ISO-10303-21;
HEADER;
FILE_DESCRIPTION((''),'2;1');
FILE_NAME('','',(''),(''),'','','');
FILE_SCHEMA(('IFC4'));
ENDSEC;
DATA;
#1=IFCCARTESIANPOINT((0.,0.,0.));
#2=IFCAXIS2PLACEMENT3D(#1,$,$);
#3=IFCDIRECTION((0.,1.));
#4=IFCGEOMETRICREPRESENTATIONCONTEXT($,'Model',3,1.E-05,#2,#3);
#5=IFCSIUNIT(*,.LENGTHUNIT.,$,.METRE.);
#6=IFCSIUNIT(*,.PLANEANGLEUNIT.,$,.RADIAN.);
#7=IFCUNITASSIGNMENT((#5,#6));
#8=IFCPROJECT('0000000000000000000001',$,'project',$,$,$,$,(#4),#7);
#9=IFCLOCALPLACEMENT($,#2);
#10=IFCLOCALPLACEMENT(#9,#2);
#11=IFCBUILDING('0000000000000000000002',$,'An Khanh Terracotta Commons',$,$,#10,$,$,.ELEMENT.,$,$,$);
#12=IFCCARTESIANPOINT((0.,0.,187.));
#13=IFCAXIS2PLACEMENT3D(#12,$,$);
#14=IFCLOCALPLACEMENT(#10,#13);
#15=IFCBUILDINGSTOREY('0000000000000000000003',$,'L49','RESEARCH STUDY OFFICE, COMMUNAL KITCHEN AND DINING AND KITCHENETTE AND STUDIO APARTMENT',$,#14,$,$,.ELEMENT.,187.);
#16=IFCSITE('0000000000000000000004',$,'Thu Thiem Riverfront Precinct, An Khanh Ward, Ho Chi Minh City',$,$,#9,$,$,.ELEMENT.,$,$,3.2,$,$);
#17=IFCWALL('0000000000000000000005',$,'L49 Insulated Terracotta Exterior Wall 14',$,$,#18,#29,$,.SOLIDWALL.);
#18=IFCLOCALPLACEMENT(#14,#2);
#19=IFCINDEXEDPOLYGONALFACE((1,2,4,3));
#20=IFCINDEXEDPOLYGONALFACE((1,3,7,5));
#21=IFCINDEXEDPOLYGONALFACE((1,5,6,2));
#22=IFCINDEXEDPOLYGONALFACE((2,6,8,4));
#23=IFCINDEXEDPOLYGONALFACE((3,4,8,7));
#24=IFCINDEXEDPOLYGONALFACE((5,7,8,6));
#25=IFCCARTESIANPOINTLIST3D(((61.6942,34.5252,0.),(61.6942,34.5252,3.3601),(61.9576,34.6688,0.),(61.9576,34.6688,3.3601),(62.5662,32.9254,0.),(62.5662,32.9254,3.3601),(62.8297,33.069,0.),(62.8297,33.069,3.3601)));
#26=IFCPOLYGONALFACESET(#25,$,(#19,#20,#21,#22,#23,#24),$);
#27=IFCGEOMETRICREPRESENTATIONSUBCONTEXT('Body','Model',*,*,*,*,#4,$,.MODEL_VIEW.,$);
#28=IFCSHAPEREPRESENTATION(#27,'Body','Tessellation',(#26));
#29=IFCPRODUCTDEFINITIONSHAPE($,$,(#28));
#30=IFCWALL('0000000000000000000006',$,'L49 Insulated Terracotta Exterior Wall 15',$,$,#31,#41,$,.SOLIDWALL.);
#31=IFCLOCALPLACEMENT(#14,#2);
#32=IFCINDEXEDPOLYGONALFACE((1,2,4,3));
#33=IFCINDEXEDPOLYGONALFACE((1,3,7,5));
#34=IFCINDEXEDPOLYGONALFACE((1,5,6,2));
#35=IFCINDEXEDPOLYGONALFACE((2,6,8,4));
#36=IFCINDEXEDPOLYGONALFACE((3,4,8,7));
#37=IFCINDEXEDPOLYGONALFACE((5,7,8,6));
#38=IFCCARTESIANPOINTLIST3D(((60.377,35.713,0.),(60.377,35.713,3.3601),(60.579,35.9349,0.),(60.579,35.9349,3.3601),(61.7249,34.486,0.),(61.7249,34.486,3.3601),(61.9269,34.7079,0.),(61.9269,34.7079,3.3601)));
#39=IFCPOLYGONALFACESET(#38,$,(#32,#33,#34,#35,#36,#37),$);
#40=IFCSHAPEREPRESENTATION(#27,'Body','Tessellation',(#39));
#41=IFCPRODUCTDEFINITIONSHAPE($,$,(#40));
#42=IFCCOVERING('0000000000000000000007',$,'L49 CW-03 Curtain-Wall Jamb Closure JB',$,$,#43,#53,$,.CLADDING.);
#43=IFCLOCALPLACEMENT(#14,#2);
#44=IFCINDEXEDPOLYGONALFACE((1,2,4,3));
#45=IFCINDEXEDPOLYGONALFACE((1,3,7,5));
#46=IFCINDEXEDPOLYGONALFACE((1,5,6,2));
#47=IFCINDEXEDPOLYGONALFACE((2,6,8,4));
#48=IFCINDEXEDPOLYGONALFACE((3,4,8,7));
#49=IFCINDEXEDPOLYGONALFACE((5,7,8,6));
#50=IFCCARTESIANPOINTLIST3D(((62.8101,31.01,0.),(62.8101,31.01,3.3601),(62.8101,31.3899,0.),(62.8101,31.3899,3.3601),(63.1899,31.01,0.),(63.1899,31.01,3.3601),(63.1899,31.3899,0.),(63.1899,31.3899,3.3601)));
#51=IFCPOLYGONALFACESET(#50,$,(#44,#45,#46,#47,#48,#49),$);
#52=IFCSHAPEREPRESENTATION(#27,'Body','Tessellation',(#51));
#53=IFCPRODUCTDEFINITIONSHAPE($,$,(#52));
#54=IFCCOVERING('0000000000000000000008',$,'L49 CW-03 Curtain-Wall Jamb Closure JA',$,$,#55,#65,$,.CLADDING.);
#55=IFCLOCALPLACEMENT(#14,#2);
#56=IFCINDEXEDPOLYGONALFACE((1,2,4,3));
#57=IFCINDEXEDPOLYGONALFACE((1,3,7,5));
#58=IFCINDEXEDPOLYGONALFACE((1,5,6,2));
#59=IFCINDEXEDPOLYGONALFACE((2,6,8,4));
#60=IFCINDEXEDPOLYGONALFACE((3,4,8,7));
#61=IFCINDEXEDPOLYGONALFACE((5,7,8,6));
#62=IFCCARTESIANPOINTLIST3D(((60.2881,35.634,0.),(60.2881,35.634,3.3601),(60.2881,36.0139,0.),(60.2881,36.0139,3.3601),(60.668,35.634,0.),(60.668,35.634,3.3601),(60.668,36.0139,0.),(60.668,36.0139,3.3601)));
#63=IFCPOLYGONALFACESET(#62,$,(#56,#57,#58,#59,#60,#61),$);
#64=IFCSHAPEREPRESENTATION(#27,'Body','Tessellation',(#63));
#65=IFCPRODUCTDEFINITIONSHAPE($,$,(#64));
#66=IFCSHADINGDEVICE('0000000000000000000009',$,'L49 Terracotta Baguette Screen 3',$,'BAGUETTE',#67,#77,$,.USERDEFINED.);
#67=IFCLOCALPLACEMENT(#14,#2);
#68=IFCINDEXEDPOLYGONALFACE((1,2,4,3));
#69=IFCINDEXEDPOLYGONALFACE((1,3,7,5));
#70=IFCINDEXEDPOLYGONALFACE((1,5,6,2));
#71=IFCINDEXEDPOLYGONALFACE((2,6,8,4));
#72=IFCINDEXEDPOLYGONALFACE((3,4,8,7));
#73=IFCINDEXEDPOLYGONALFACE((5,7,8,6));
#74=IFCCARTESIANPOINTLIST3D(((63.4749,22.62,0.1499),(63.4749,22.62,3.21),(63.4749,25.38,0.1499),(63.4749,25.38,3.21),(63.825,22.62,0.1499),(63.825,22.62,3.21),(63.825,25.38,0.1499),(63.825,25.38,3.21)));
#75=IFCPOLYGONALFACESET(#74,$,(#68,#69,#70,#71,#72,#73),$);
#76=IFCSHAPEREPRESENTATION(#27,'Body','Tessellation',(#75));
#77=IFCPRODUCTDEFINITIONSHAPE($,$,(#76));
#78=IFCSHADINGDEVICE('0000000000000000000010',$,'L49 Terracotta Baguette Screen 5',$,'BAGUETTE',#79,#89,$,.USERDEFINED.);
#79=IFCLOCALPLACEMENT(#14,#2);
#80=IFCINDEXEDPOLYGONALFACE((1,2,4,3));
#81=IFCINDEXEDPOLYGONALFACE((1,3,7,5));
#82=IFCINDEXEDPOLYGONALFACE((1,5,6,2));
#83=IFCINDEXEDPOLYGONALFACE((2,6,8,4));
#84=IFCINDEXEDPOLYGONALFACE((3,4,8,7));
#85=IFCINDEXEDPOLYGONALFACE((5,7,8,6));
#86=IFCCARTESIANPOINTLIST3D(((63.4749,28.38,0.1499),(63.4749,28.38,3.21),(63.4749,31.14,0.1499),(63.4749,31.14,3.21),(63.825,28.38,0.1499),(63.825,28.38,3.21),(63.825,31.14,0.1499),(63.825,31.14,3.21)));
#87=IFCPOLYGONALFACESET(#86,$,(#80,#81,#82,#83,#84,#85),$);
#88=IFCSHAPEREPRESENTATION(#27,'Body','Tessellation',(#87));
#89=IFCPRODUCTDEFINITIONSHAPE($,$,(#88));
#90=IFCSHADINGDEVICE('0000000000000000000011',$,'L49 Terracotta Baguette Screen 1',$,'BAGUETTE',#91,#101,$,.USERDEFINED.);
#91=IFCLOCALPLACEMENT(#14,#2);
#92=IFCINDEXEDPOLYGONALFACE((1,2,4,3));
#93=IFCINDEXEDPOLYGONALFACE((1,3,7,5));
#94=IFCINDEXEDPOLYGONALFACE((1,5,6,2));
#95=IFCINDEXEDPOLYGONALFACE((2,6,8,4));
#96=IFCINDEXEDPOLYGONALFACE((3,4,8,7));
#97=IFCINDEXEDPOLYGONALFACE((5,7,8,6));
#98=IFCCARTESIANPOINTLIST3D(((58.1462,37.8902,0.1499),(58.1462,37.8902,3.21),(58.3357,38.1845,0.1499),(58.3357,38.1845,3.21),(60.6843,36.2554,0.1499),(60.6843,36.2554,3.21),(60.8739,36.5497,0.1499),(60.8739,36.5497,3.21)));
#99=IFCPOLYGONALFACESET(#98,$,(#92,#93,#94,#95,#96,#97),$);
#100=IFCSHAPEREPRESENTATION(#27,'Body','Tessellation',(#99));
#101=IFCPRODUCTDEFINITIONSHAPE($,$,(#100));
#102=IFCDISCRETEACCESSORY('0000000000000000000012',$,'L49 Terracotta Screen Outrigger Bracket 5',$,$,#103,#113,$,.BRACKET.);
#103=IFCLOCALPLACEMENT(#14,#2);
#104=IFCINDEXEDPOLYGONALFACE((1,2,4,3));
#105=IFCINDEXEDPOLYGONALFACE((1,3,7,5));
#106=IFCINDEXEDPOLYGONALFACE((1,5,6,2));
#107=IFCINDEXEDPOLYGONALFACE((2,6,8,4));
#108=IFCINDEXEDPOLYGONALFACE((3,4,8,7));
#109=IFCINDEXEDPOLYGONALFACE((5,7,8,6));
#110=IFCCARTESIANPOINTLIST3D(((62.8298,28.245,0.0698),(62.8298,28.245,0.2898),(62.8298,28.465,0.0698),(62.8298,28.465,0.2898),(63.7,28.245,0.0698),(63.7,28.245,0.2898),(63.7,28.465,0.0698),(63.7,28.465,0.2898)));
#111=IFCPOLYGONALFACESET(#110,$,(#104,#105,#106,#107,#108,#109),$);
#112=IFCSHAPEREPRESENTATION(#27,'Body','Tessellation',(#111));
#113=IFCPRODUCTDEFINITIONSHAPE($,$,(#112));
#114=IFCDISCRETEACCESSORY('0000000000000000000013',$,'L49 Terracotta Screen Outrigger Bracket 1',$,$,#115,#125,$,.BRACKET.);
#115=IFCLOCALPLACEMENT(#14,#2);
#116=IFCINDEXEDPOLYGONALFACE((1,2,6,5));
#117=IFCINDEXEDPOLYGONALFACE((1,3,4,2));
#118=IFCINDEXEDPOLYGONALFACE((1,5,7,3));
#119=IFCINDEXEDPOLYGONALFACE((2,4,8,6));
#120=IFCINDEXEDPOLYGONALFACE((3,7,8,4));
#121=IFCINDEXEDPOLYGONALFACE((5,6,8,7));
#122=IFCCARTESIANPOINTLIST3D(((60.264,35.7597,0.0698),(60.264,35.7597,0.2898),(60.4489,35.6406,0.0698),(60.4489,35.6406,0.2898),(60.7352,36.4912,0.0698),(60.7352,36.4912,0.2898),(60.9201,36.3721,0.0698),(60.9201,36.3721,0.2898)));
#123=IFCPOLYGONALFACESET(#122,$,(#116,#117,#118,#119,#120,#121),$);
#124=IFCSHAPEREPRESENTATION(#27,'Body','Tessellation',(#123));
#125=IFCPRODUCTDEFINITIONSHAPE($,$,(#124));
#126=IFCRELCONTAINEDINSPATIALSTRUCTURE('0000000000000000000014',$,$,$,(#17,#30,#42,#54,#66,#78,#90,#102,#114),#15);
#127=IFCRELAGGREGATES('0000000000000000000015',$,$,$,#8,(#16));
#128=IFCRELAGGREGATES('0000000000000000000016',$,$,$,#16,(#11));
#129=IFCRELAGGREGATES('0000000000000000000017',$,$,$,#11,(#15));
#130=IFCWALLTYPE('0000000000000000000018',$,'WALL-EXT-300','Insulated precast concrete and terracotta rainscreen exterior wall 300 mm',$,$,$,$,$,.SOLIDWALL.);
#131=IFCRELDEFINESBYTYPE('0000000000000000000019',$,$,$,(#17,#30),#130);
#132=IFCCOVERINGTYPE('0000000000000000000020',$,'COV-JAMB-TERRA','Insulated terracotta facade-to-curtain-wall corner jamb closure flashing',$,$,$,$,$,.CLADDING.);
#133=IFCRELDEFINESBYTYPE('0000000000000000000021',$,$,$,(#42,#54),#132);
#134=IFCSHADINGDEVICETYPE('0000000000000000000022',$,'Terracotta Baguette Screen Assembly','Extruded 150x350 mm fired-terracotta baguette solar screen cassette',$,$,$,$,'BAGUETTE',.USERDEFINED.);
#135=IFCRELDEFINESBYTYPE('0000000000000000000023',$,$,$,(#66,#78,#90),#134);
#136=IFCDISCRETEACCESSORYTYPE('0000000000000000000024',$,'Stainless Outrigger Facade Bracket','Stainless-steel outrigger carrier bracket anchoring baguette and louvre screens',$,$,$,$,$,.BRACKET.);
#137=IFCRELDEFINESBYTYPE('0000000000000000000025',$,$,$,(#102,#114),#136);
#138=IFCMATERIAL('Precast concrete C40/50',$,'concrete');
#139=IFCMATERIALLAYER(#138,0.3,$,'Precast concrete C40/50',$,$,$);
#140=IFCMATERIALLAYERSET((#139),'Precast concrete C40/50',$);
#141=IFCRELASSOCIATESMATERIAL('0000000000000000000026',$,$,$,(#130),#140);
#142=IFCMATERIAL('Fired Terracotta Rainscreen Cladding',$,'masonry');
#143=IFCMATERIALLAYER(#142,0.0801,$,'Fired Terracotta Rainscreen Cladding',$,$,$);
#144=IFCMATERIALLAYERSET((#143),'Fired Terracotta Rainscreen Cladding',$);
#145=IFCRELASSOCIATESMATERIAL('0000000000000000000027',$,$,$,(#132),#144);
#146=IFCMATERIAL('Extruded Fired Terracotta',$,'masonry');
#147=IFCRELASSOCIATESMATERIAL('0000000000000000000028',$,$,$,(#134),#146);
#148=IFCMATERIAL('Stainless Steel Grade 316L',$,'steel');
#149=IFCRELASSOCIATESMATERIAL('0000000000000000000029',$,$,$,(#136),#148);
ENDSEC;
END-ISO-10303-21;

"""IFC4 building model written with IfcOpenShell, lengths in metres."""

from ifc_helpers import new_model, si_unit, direction, frame, frame_2d, origin, origin_2d, place, context, subcontext, project, spatial, rectangle, extrude, material, layer, layer_set, type_object, element, save


model = new_model("IFC4")

# Units and contexts
model_context = context("Model", 3, precision=1e-05, world=origin(), true_north=direction((0.0, 1.0)))
body_context = subcontext(model_context, "Body", "Model", "MODEL_VIEW")
ifc_project = project(units=[si_unit("LENGTHUNIT", "METRE"), si_unit("PLANEANGLEUNIT", "RADIAN")], contexts=[model_context])

# Site, building, storey
site_placement = place(None, origin())
site = spatial("IfcSite", under=ifc_project, at=site_placement, Name="Thu Thiem Riverfront Precinct, An Khanh Ward, Ho Chi Minh City", CompositionType="ELEMENT", RefElevation=3.2)
building_placement = place(site_placement, origin())
building = spatial("IfcBuilding", under=site, at=building_placement, Name="An Khanh Terracotta Commons", CompositionType="ELEMENT")
storey_placement = place(building_placement, frame((0.0, 0.0, 187.0)))
storey = spatial("IfcBuildingStorey", under=building, at=storey_placement, Name="L49", Description="RESEARCH STUDY OFFICE, COMMUNAL KITCHEN AND DINING AND KITCHENETTE AND STUDIO APARTMENT", CompositionType="ELEMENT", Elevation=187.0)

# Walls
ifc_material_1 = material(Name="Precast concrete C40/50", Category="concrete")
ifc_layer_1 = layer(ifc_material_1, 0.3, Name="Precast concrete C40/50")
ifc_layer_set_1 = layer_set([ifc_layer_1], Name="Precast concrete C40/50")
wall_type_1 = type_object("IfcWallType", Name="WALL-EXT-300", Description="Insulated precast concrete and terracotta rainscreen exterior wall 300 mm", PredefinedType="SOLIDWALL", material=ifc_layer_set_1)
wall_1_placement = place(storey_placement, frame((62.698, 32.9971, 0.0), z_axis=(0.0, 0.0, 1.0), x_axis=(-0.478608, 0.878029, 0.0)))
element("IfcWall", 1, at=wall_1_placement, inside=storey, type_object=wall_type_1, Name="L49 Insulated Terracotta Exterior Wall 14", PredefinedType="SOLIDWALL", context=body_context, shape_type="SweptSolid", body=[
    extrude(rectangle(XDim=1.822, YDim=0.3, at=frame_2d((0.9111, 0.0))), origin(), (0.0, 0.0, 1.0), 3.3601),
])
wall_2_placement = place(storey_placement, frame((61.8259, 34.5969, 0.0), z_axis=(0.0, 0.0, 1.0), x_axis=(-0.739479, 0.673179, 0.0)))
element("IfcWall", 2, at=wall_2_placement, inside=storey, type_object=wall_type_1, Name="L49 Insulated Terracotta Exterior Wall 15", PredefinedType="SOLIDWALL", context=body_context, shape_type="SweptSolid", body=[
    extrude(rectangle(XDim=1.8228, YDim=0.3, at=frame_2d((0.9114, 0.0))), origin(), (0.0, 0.0, 1.0), 3.3601),
])

# Coverings
ifc_material_2 = material(Name="Fired Terracotta Rainscreen Cladding", Category="masonry")
ifc_layer_2 = layer(ifc_material_2, 0.0801, Name="Fired Terracotta Rainscreen Cladding")
ifc_layer_set_2 = layer_set([ifc_layer_2], Name="Fired Terracotta Rainscreen Cladding")
covering_type = type_object("IfcCoveringType", Name="COV-JAMB-TERRA", Description="Insulated terracotta facade-to-curtain-wall corner jamb closure flashing", PredefinedType="CLADDING", material=ifc_layer_set_2)
for number, where, z_axis, x_axis, name in (
    (3, (63.0, 31.2, 0.0), (0.0, 0.0, 1.0), (1.0, 0.0, 0.0), "L49 CW-03 Curtain-Wall Jamb Closure JB"),
    (4, (60.478, 35.824, 0.0), (0.0, 0.0, 1.0), (1.0, 0.0, 0.0), "L49 CW-03 Curtain-Wall Jamb Closure JA"),
):
    element("IfcCovering", number, at=place(storey_placement, frame(where, z_axis=z_axis, x_axis=x_axis)), inside=storey, type_object=covering_type, Name=name, PredefinedType="CLADDING", context=body_context, shape_type="SweptSolid", body=[
        extrude(rectangle(XDim=0.3799, YDim=0.3799, at=origin_2d()), origin(), (0.0, 0.0, 1.0), 3.3601),
    ])

# Shading devices
ifc_material_3 = material(Name="Extruded Fired Terracotta", Category="masonry")
shading_device_type = type_object("IfcShadingDeviceType", Name="Terracotta Baguette Screen Assembly", Description="Extruded 150x350 mm fired-terracotta baguette solar screen cassette", ElementType="BAGUETTE", PredefinedType="USERDEFINED", material=ifc_material_3)
for number, where, z_axis, x_axis, name in (
    (5, (63.6499, 24.0, 0.1499), (0.0, 0.0, 1.0), (0.0, 1.0, 0.0), "L49 Terracotta Baguette Screen 3"),
    (6, (63.6499, 29.76, 0.1499), (0.0, 0.0, 1.0), (0.0, 1.0, 0.0), "L49 Terracotta Baguette Screen 5"),
):
    element("IfcShadingDevice", number, at=place(storey_placement, frame(where, z_axis=z_axis, x_axis=x_axis)), inside=storey, type_object=shading_device_type, Name=name, ObjectType="BAGUETTE", PredefinedType="USERDEFINED", context=body_context, shape_type="SweptSolid", body=[
        extrude(rectangle(XDim=2.76, YDim=0.3501, at=origin_2d()), origin(), (0.0, 0.0, 1.0), 3.0601),
    ])
shading_device_placement = place(storey_placement, frame((59.51, 37.22, 0.1499), z_axis=(0.0, 0.0, 1.0), x_axis=(-0.840702, 0.541498, 0.0)))
element("IfcShadingDevice", 7, at=shading_device_placement, inside=storey, type_object=shading_device_type, Name="L49 Terracotta Baguette Screen 1", ObjectType="BAGUETTE", PredefinedType="USERDEFINED", context=body_context, shape_type="SweptSolid", body=[
    extrude(rectangle(XDim=3.019, YDim=0.3501, at=origin_2d()), origin(), (0.0, 0.0, 1.0), 3.0601),
])

# Discrete accessories
ifc_material_4 = material(Name="Stainless Steel Grade 316L", Category="steel")
discrete_accessory_type = type_object("IfcDiscreteAccessoryType", Name="Stainless Outrigger Facade Bracket", Description="Stainless-steel outrigger carrier bracket anchoring baguette and louvre screens", PredefinedType="BRACKET", material=ifc_material_4)
for number, where, z_axis, x_axis, name in (
    (8, (63.2649, 28.355, 0.0698), (0.0, 0.0, 1.0), (0.0, 1.0, 0.0), "L49 Terracotta Screen Outrigger Bracket 5"),
    (9, (60.592, 36.0659, 0.0698), (0.0, 0.0, 1.0), (-0.840702, 0.541498, 0.0), "L49 Terracotta Screen Outrigger Bracket 1"),
):
    element("IfcDiscreteAccessory", number, at=place(storey_placement, frame(where, z_axis=z_axis, x_axis=x_axis)), inside=storey, type_object=discrete_accessory_type, Name=name, PredefinedType="BRACKET", context=body_context, shape_type="SweptSolid", body=[
        extrude(rectangle(XDim=0.22, YDim=0.8701, at=origin_2d()), origin(), (0.0, 0.0, 1.0), 0.22),
    ])

save(model, "model.ifc")
